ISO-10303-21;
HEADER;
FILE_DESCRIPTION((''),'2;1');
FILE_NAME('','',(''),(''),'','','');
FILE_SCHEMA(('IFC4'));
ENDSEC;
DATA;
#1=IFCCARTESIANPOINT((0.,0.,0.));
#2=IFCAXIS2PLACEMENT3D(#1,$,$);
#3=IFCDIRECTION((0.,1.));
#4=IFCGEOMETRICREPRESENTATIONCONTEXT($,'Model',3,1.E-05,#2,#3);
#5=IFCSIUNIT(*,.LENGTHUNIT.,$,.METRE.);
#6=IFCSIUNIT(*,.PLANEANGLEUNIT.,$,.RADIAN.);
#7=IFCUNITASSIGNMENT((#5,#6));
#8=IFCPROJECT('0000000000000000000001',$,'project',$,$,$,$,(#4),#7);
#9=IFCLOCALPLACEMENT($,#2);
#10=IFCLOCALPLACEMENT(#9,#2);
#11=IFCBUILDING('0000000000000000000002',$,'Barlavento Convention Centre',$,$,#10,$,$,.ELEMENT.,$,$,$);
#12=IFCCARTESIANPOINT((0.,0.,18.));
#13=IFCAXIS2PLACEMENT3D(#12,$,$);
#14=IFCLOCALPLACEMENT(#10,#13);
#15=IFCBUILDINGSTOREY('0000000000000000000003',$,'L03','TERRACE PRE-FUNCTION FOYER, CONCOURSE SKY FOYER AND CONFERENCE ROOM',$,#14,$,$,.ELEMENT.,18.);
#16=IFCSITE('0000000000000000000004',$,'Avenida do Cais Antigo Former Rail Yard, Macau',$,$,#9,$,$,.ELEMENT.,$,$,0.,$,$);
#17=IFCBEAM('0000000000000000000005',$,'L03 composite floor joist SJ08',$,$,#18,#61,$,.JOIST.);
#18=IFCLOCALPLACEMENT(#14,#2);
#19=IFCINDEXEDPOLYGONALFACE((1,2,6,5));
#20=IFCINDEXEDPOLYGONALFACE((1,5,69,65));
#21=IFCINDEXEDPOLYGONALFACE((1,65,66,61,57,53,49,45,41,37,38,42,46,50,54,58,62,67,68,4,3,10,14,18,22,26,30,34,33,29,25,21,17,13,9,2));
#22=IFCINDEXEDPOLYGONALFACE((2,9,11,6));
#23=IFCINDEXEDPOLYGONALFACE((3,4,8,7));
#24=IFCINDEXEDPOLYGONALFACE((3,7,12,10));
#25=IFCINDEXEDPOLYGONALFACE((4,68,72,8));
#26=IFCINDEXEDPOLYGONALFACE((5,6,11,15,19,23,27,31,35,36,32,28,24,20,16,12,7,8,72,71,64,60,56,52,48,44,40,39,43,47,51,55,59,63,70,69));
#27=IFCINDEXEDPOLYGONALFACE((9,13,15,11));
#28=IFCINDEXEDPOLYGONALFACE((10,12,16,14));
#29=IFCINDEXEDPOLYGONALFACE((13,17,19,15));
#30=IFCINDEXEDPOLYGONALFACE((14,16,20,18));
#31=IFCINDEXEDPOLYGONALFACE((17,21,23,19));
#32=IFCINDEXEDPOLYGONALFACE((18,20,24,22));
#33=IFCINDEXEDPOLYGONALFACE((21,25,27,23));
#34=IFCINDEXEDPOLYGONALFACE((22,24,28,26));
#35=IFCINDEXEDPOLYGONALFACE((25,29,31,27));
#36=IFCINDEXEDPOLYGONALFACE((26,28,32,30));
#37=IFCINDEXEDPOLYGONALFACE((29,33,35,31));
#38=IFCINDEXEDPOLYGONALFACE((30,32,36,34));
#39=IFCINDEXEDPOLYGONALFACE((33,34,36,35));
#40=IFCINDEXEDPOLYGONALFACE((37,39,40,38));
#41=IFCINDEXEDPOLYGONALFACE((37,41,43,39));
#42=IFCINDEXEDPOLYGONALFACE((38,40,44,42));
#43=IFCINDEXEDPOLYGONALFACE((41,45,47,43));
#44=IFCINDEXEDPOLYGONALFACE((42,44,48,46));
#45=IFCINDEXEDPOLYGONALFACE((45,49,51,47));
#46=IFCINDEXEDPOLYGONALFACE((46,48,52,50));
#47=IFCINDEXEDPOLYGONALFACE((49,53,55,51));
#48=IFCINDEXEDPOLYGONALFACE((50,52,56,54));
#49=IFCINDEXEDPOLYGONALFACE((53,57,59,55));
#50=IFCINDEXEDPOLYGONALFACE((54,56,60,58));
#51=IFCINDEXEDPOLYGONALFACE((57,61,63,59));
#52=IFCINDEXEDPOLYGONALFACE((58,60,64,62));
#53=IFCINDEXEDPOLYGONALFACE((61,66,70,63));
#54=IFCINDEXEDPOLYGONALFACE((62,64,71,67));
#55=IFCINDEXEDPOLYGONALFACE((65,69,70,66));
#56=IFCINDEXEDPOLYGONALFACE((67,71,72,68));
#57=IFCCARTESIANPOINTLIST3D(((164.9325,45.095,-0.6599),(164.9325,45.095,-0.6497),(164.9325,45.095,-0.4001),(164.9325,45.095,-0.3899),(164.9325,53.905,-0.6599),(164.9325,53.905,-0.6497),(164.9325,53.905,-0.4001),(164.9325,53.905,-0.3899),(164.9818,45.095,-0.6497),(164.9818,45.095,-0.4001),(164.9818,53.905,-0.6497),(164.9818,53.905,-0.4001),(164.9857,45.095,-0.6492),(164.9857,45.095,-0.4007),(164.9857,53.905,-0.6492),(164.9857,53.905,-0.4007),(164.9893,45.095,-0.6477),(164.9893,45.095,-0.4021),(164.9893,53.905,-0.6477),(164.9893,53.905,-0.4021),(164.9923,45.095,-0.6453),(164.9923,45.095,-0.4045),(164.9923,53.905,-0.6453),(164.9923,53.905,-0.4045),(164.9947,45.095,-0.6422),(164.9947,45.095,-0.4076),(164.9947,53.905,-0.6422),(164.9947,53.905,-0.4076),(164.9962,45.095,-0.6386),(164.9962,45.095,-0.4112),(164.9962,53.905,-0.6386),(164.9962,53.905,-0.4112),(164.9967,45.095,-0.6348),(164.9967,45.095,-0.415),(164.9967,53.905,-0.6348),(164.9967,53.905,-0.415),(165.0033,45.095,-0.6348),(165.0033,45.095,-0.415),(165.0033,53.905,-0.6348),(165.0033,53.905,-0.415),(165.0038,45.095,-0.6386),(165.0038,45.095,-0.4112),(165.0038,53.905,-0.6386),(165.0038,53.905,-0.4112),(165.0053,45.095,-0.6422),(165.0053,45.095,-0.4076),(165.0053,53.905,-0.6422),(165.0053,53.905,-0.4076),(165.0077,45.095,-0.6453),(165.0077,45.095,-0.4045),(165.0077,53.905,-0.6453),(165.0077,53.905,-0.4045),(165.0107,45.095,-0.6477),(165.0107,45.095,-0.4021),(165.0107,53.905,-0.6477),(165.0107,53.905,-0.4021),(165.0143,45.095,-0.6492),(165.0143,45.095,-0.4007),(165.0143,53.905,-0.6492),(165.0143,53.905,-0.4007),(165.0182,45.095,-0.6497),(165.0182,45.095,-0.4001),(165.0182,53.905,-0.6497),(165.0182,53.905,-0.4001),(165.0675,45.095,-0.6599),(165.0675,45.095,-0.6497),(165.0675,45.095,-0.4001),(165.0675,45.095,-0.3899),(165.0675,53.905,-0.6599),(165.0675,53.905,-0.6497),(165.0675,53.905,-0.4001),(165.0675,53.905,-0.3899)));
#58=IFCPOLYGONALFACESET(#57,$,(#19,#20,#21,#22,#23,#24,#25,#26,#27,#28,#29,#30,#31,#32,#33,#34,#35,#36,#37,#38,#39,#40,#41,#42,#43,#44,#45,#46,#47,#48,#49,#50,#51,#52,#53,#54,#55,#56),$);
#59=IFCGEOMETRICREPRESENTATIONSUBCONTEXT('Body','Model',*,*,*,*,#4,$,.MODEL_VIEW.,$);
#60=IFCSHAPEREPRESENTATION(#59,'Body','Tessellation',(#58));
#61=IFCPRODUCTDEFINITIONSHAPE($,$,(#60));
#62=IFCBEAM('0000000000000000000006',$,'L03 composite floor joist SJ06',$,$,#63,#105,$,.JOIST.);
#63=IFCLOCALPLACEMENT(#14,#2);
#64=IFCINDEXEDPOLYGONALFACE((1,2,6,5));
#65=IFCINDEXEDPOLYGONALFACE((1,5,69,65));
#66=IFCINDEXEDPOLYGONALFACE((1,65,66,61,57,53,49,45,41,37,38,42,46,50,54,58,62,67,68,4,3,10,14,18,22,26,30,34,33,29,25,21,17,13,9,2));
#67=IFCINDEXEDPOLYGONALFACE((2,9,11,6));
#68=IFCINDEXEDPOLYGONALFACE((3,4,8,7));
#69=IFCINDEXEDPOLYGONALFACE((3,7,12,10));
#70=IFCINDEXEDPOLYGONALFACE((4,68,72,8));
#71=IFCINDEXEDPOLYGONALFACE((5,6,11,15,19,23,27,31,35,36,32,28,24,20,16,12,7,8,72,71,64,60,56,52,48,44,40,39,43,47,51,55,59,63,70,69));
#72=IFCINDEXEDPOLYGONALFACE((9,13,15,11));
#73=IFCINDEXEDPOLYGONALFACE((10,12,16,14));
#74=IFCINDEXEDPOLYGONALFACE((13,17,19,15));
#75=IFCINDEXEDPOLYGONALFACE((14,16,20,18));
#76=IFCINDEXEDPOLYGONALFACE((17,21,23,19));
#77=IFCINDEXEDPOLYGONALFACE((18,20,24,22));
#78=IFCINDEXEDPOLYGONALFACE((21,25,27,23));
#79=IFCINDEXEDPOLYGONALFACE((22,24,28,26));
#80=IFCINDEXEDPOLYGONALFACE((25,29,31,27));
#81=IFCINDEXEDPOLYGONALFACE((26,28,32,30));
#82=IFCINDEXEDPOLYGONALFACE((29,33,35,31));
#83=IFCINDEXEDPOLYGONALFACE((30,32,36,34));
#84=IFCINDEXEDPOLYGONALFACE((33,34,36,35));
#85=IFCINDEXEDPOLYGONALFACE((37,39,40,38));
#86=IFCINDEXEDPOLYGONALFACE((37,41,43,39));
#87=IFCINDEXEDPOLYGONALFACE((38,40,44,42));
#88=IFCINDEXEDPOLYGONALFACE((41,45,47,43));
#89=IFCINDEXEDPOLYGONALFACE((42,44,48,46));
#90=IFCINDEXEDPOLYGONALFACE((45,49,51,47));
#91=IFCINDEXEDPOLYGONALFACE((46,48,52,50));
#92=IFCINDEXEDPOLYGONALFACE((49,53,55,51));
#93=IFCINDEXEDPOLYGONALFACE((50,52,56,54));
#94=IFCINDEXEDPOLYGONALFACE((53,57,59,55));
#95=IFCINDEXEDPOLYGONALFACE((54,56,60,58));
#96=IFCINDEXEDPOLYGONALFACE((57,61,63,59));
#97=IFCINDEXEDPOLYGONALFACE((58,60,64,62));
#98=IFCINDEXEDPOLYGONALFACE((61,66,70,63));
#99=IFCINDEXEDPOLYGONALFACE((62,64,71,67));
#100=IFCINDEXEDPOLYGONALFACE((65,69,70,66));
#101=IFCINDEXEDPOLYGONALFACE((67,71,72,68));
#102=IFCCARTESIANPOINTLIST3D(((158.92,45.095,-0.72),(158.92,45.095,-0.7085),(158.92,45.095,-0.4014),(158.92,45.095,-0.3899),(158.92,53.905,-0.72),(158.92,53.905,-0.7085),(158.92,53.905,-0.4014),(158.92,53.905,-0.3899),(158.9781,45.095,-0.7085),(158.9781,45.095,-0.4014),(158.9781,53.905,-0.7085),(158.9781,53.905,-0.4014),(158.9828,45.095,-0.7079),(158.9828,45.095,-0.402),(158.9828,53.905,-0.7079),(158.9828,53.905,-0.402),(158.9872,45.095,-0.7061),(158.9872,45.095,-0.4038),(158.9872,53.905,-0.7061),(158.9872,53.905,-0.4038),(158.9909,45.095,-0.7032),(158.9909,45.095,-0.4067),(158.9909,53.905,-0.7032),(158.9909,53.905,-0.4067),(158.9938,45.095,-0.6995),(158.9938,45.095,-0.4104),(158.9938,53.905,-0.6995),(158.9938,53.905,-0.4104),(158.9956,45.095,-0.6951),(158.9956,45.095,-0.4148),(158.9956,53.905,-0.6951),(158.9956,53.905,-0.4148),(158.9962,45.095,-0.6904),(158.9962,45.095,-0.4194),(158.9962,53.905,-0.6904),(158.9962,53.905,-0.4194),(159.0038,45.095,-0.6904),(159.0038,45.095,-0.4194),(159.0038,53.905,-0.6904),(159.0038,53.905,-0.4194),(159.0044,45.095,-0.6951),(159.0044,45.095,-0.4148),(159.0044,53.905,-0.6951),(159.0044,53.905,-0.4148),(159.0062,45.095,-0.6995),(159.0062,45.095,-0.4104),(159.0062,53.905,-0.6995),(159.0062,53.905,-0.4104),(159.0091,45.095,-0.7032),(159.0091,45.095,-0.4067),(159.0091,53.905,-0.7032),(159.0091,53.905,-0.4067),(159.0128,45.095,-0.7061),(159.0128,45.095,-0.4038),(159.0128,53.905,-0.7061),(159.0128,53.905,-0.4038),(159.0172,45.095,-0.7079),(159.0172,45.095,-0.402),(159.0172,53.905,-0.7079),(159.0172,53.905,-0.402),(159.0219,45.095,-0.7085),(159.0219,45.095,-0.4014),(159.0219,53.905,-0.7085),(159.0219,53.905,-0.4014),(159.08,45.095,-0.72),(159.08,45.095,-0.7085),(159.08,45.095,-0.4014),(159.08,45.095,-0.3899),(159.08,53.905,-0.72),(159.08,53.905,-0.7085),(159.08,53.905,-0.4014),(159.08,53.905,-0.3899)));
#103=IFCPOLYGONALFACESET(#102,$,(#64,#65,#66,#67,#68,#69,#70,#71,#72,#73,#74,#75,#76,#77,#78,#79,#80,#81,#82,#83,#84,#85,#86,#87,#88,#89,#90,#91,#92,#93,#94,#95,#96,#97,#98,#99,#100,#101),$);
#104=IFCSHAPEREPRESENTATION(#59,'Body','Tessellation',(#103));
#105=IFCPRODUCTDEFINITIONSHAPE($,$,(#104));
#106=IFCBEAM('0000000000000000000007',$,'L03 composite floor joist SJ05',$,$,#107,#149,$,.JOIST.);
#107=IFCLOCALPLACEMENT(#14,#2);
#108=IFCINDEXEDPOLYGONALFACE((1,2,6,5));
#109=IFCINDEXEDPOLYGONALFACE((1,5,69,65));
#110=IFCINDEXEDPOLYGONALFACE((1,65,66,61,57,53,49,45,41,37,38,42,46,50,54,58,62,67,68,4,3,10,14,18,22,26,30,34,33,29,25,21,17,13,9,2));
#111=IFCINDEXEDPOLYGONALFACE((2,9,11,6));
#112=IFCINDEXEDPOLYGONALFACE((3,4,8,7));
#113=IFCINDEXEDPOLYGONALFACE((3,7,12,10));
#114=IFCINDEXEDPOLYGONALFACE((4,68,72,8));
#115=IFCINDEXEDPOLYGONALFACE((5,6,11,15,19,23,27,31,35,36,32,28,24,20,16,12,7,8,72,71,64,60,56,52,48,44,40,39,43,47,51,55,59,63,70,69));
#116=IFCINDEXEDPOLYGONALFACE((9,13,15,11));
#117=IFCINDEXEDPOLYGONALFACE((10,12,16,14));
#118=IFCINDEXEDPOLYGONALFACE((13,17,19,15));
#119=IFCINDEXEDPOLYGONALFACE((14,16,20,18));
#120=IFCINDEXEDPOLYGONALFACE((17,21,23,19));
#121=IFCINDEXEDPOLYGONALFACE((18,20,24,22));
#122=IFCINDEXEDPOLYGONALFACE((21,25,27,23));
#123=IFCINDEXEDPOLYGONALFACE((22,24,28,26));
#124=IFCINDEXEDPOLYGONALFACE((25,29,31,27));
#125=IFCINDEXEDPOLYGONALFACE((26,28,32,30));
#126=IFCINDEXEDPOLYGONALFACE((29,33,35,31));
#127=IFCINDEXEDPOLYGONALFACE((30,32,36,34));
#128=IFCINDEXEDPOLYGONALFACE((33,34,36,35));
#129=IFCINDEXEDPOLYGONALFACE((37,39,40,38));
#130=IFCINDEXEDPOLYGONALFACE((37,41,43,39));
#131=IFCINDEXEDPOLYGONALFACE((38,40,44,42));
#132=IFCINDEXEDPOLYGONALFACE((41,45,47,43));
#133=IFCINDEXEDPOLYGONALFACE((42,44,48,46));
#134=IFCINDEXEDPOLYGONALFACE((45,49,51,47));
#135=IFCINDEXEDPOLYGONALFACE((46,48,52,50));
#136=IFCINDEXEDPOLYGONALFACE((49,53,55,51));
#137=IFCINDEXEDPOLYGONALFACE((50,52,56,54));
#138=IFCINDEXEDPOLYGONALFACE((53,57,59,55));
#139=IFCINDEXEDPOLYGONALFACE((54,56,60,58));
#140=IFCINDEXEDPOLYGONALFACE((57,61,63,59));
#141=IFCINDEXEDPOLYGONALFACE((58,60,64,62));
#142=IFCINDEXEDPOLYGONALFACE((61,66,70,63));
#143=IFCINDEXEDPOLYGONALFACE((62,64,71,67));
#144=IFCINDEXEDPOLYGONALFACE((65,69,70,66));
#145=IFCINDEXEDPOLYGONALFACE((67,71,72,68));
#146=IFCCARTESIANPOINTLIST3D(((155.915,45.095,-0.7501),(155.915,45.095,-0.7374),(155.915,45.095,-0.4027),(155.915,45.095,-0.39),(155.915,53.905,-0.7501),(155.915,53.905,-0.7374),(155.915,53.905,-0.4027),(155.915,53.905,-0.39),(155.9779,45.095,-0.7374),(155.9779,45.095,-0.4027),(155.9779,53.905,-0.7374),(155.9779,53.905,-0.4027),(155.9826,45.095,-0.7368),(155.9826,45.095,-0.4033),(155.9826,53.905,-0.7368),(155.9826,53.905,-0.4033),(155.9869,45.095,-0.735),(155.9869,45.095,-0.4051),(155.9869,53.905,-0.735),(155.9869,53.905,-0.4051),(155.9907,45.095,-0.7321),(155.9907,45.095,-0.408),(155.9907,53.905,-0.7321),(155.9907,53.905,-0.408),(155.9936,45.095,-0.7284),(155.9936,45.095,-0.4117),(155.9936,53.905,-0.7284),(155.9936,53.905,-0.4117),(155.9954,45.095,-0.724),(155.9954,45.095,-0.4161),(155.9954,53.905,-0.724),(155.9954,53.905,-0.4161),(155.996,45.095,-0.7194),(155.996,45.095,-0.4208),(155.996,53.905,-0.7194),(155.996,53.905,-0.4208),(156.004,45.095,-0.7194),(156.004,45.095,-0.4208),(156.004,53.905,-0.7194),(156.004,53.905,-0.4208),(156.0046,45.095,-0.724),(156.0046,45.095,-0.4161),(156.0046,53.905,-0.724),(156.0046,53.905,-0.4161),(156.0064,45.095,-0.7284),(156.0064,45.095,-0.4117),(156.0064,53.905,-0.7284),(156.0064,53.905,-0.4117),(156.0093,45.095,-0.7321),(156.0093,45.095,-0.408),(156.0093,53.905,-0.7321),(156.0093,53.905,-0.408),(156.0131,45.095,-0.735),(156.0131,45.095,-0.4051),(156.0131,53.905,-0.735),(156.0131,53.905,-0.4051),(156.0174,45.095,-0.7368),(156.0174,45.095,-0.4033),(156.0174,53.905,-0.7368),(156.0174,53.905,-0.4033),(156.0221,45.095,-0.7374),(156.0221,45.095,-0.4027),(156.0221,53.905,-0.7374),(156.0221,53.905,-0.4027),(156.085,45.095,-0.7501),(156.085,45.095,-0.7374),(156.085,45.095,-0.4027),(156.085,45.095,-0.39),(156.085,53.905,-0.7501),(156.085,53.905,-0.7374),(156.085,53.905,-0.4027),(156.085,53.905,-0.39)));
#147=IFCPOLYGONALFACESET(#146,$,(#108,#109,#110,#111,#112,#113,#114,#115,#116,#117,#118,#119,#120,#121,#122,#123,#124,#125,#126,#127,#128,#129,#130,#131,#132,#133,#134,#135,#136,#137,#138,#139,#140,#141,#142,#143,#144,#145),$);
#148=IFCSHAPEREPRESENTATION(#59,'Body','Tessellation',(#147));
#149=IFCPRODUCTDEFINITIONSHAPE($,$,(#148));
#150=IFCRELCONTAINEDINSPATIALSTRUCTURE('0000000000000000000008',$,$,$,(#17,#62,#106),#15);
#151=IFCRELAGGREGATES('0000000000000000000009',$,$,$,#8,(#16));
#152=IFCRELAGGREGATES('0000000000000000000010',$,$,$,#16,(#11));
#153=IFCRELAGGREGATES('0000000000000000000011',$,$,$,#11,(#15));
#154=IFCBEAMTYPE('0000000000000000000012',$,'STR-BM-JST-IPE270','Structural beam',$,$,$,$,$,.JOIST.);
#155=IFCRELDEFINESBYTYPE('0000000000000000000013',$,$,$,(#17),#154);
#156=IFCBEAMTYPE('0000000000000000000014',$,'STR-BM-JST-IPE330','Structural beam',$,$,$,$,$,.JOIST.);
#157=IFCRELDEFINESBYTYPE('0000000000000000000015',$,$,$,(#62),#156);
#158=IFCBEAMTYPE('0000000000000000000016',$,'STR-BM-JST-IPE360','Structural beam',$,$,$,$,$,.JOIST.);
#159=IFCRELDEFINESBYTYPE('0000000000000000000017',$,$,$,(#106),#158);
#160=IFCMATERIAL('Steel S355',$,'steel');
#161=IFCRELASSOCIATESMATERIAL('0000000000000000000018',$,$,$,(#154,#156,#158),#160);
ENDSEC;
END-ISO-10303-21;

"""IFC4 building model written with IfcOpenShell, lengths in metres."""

from ifc_helpers import new_model, si_unit, direction, frame, origin, origin_2d, place, context, subcontext, project, spatial, i_section, extrude, material, material_profile, profile_set, type_object, element, save


model = new_model("IFC4")

# Units and contexts
model_context = context("Model", 3, precision=1e-05, world=origin(), true_north=direction((0.0, 1.0)))
body_context = subcontext(model_context, "Body", "Model", "MODEL_VIEW")
ifc_project = project(units=[si_unit("LENGTHUNIT", "METRE"), si_unit("PLANEANGLEUNIT", "RADIAN")], contexts=[model_context])

# Site, building, storey
site_placement = place(None, origin())
site = spatial("IfcSite", under=ifc_project, at=site_placement, Name="Avenida do Cais Antigo Former Rail Yard, Macau", CompositionType="ELEMENT", RefElevation=0.0)
building_placement = place(site_placement, origin())
building = spatial("IfcBuilding", under=site, at=building_placement, Name="Barlavento Convention Centre", CompositionType="ELEMENT")
storey_placement = place(building_placement, frame((0.0, 0.0, 18.0)))
storey = spatial("IfcBuildingStorey", under=building, at=storey_placement, Name="L03", Description="TERRACE PRE-FUNCTION FOYER, CONCOURSE SKY FOYER AND CONFERENCE ROOM", CompositionType="ELEMENT", Elevation=18.0)

# Shared definitions
ifc_material_1 = material(Name="Steel S355", Category="steel")

# Beams
ifc_material_profile_1 = material_profile(ifc_material_1, i_section(OverallWidth=0.135, OverallDepth=0.27, WebThickness=0.0066, FlangeThickness=0.0103, FilletRadius=0.0149, at=origin_2d()), Name="IPE 270")
ifc_profile_set_1 = profile_set([ifc_material_profile_1], Name="Steel S355")
beam_type_1 = type_object("IfcBeamType", Name="STR-BM-JST-IPE270", Description="Structural beam", PredefinedType="JOIST", material=ifc_profile_set_1)
beam_1_placement = place(storey_placement, frame((165.0, 45.095, -0.5249), z_axis=(0.0, 1.0, 0.0), x_axis=(-1.0, 0.0, 0.0)))
element("IfcBeam", 1, at=beam_1_placement, inside=storey, type_object=beam_type_1, Name="L03 composite floor joist SJ08", PredefinedType="JOIST", context=body_context, shape_type="SweptSolid", body=[
    extrude(i_section(OverallWidth=0.135, OverallDepth=0.27, WebThickness=0.0066, FlangeThickness=0.0103, FilletRadius=0.0149, at=origin_2d()), origin(), (0.0, 0.0, 1.0), 8.8101),
])
ifc_material_profile_2 = material_profile(ifc_material_1, i_section(OverallWidth=0.1599, OverallDepth=0.3301, WebThickness=0.0076, FlangeThickness=0.0115, FilletRadius=0.0181, at=origin_2d()), Name="IPE 330")
ifc_profile_set_2 = profile_set([ifc_material_profile_2], Name="Steel S355")
beam_type_2 = type_object("IfcBeamType", Name="STR-BM-JST-IPE330", Description="Structural beam", PredefinedType="JOIST", material=ifc_profile_set_2)
beam_2_placement = place(storey_placement, frame((159.0, 45.095, -0.5549), z_axis=(0.0, 1.0, 0.0), x_axis=(-1.0, 0.0, 0.0)))
element("IfcBeam", 2, at=beam_2_placement, inside=storey, type_object=beam_type_2, Name="L03 composite floor joist SJ06", PredefinedType="JOIST", context=body_context, shape_type="SweptSolid", body=[
    extrude(i_section(OverallWidth=0.1599, OverallDepth=0.3301, WebThickness=0.0076, FlangeThickness=0.0115, FilletRadius=0.0181, at=origin_2d()), origin(), (0.0, 0.0, 1.0), 8.8101),
])
ifc_material_profile_3 = material_profile(ifc_material_1, i_section(OverallWidth=0.1699, OverallDepth=0.3601, WebThickness=0.0081, FlangeThickness=0.0127, FilletRadius=0.0181, at=origin_2d()), Name="IPE 360")
ifc_profile_set_3 = profile_set([ifc_material_profile_3], Name="Steel S355")
beam_type_3 = type_object("IfcBeamType", Name="STR-BM-JST-IPE360", Description="Structural beam", PredefinedType="JOIST", material=ifc_profile_set_3)
beam_3_placement = place(storey_placement, frame((156.0, 45.095, -0.5701), z_axis=(0.0, 1.0, 0.0), x_axis=(-1.0, 0.0, 0.0)))
element("IfcBeam", 3, at=beam_3_placement, inside=storey, type_object=beam_type_3, Name="L03 composite floor joist SJ05", PredefinedType="JOIST", context=body_context, shape_type="SweptSolid", body=[
    extrude(i_section(OverallWidth=0.1699, OverallDepth=0.3601, WebThickness=0.0081, FlangeThickness=0.0127, FilletRadius=0.0181, at=origin_2d()), origin(), (0.0, 0.0, 1.0), 8.8101),
])

save(model, "model.ifc")
